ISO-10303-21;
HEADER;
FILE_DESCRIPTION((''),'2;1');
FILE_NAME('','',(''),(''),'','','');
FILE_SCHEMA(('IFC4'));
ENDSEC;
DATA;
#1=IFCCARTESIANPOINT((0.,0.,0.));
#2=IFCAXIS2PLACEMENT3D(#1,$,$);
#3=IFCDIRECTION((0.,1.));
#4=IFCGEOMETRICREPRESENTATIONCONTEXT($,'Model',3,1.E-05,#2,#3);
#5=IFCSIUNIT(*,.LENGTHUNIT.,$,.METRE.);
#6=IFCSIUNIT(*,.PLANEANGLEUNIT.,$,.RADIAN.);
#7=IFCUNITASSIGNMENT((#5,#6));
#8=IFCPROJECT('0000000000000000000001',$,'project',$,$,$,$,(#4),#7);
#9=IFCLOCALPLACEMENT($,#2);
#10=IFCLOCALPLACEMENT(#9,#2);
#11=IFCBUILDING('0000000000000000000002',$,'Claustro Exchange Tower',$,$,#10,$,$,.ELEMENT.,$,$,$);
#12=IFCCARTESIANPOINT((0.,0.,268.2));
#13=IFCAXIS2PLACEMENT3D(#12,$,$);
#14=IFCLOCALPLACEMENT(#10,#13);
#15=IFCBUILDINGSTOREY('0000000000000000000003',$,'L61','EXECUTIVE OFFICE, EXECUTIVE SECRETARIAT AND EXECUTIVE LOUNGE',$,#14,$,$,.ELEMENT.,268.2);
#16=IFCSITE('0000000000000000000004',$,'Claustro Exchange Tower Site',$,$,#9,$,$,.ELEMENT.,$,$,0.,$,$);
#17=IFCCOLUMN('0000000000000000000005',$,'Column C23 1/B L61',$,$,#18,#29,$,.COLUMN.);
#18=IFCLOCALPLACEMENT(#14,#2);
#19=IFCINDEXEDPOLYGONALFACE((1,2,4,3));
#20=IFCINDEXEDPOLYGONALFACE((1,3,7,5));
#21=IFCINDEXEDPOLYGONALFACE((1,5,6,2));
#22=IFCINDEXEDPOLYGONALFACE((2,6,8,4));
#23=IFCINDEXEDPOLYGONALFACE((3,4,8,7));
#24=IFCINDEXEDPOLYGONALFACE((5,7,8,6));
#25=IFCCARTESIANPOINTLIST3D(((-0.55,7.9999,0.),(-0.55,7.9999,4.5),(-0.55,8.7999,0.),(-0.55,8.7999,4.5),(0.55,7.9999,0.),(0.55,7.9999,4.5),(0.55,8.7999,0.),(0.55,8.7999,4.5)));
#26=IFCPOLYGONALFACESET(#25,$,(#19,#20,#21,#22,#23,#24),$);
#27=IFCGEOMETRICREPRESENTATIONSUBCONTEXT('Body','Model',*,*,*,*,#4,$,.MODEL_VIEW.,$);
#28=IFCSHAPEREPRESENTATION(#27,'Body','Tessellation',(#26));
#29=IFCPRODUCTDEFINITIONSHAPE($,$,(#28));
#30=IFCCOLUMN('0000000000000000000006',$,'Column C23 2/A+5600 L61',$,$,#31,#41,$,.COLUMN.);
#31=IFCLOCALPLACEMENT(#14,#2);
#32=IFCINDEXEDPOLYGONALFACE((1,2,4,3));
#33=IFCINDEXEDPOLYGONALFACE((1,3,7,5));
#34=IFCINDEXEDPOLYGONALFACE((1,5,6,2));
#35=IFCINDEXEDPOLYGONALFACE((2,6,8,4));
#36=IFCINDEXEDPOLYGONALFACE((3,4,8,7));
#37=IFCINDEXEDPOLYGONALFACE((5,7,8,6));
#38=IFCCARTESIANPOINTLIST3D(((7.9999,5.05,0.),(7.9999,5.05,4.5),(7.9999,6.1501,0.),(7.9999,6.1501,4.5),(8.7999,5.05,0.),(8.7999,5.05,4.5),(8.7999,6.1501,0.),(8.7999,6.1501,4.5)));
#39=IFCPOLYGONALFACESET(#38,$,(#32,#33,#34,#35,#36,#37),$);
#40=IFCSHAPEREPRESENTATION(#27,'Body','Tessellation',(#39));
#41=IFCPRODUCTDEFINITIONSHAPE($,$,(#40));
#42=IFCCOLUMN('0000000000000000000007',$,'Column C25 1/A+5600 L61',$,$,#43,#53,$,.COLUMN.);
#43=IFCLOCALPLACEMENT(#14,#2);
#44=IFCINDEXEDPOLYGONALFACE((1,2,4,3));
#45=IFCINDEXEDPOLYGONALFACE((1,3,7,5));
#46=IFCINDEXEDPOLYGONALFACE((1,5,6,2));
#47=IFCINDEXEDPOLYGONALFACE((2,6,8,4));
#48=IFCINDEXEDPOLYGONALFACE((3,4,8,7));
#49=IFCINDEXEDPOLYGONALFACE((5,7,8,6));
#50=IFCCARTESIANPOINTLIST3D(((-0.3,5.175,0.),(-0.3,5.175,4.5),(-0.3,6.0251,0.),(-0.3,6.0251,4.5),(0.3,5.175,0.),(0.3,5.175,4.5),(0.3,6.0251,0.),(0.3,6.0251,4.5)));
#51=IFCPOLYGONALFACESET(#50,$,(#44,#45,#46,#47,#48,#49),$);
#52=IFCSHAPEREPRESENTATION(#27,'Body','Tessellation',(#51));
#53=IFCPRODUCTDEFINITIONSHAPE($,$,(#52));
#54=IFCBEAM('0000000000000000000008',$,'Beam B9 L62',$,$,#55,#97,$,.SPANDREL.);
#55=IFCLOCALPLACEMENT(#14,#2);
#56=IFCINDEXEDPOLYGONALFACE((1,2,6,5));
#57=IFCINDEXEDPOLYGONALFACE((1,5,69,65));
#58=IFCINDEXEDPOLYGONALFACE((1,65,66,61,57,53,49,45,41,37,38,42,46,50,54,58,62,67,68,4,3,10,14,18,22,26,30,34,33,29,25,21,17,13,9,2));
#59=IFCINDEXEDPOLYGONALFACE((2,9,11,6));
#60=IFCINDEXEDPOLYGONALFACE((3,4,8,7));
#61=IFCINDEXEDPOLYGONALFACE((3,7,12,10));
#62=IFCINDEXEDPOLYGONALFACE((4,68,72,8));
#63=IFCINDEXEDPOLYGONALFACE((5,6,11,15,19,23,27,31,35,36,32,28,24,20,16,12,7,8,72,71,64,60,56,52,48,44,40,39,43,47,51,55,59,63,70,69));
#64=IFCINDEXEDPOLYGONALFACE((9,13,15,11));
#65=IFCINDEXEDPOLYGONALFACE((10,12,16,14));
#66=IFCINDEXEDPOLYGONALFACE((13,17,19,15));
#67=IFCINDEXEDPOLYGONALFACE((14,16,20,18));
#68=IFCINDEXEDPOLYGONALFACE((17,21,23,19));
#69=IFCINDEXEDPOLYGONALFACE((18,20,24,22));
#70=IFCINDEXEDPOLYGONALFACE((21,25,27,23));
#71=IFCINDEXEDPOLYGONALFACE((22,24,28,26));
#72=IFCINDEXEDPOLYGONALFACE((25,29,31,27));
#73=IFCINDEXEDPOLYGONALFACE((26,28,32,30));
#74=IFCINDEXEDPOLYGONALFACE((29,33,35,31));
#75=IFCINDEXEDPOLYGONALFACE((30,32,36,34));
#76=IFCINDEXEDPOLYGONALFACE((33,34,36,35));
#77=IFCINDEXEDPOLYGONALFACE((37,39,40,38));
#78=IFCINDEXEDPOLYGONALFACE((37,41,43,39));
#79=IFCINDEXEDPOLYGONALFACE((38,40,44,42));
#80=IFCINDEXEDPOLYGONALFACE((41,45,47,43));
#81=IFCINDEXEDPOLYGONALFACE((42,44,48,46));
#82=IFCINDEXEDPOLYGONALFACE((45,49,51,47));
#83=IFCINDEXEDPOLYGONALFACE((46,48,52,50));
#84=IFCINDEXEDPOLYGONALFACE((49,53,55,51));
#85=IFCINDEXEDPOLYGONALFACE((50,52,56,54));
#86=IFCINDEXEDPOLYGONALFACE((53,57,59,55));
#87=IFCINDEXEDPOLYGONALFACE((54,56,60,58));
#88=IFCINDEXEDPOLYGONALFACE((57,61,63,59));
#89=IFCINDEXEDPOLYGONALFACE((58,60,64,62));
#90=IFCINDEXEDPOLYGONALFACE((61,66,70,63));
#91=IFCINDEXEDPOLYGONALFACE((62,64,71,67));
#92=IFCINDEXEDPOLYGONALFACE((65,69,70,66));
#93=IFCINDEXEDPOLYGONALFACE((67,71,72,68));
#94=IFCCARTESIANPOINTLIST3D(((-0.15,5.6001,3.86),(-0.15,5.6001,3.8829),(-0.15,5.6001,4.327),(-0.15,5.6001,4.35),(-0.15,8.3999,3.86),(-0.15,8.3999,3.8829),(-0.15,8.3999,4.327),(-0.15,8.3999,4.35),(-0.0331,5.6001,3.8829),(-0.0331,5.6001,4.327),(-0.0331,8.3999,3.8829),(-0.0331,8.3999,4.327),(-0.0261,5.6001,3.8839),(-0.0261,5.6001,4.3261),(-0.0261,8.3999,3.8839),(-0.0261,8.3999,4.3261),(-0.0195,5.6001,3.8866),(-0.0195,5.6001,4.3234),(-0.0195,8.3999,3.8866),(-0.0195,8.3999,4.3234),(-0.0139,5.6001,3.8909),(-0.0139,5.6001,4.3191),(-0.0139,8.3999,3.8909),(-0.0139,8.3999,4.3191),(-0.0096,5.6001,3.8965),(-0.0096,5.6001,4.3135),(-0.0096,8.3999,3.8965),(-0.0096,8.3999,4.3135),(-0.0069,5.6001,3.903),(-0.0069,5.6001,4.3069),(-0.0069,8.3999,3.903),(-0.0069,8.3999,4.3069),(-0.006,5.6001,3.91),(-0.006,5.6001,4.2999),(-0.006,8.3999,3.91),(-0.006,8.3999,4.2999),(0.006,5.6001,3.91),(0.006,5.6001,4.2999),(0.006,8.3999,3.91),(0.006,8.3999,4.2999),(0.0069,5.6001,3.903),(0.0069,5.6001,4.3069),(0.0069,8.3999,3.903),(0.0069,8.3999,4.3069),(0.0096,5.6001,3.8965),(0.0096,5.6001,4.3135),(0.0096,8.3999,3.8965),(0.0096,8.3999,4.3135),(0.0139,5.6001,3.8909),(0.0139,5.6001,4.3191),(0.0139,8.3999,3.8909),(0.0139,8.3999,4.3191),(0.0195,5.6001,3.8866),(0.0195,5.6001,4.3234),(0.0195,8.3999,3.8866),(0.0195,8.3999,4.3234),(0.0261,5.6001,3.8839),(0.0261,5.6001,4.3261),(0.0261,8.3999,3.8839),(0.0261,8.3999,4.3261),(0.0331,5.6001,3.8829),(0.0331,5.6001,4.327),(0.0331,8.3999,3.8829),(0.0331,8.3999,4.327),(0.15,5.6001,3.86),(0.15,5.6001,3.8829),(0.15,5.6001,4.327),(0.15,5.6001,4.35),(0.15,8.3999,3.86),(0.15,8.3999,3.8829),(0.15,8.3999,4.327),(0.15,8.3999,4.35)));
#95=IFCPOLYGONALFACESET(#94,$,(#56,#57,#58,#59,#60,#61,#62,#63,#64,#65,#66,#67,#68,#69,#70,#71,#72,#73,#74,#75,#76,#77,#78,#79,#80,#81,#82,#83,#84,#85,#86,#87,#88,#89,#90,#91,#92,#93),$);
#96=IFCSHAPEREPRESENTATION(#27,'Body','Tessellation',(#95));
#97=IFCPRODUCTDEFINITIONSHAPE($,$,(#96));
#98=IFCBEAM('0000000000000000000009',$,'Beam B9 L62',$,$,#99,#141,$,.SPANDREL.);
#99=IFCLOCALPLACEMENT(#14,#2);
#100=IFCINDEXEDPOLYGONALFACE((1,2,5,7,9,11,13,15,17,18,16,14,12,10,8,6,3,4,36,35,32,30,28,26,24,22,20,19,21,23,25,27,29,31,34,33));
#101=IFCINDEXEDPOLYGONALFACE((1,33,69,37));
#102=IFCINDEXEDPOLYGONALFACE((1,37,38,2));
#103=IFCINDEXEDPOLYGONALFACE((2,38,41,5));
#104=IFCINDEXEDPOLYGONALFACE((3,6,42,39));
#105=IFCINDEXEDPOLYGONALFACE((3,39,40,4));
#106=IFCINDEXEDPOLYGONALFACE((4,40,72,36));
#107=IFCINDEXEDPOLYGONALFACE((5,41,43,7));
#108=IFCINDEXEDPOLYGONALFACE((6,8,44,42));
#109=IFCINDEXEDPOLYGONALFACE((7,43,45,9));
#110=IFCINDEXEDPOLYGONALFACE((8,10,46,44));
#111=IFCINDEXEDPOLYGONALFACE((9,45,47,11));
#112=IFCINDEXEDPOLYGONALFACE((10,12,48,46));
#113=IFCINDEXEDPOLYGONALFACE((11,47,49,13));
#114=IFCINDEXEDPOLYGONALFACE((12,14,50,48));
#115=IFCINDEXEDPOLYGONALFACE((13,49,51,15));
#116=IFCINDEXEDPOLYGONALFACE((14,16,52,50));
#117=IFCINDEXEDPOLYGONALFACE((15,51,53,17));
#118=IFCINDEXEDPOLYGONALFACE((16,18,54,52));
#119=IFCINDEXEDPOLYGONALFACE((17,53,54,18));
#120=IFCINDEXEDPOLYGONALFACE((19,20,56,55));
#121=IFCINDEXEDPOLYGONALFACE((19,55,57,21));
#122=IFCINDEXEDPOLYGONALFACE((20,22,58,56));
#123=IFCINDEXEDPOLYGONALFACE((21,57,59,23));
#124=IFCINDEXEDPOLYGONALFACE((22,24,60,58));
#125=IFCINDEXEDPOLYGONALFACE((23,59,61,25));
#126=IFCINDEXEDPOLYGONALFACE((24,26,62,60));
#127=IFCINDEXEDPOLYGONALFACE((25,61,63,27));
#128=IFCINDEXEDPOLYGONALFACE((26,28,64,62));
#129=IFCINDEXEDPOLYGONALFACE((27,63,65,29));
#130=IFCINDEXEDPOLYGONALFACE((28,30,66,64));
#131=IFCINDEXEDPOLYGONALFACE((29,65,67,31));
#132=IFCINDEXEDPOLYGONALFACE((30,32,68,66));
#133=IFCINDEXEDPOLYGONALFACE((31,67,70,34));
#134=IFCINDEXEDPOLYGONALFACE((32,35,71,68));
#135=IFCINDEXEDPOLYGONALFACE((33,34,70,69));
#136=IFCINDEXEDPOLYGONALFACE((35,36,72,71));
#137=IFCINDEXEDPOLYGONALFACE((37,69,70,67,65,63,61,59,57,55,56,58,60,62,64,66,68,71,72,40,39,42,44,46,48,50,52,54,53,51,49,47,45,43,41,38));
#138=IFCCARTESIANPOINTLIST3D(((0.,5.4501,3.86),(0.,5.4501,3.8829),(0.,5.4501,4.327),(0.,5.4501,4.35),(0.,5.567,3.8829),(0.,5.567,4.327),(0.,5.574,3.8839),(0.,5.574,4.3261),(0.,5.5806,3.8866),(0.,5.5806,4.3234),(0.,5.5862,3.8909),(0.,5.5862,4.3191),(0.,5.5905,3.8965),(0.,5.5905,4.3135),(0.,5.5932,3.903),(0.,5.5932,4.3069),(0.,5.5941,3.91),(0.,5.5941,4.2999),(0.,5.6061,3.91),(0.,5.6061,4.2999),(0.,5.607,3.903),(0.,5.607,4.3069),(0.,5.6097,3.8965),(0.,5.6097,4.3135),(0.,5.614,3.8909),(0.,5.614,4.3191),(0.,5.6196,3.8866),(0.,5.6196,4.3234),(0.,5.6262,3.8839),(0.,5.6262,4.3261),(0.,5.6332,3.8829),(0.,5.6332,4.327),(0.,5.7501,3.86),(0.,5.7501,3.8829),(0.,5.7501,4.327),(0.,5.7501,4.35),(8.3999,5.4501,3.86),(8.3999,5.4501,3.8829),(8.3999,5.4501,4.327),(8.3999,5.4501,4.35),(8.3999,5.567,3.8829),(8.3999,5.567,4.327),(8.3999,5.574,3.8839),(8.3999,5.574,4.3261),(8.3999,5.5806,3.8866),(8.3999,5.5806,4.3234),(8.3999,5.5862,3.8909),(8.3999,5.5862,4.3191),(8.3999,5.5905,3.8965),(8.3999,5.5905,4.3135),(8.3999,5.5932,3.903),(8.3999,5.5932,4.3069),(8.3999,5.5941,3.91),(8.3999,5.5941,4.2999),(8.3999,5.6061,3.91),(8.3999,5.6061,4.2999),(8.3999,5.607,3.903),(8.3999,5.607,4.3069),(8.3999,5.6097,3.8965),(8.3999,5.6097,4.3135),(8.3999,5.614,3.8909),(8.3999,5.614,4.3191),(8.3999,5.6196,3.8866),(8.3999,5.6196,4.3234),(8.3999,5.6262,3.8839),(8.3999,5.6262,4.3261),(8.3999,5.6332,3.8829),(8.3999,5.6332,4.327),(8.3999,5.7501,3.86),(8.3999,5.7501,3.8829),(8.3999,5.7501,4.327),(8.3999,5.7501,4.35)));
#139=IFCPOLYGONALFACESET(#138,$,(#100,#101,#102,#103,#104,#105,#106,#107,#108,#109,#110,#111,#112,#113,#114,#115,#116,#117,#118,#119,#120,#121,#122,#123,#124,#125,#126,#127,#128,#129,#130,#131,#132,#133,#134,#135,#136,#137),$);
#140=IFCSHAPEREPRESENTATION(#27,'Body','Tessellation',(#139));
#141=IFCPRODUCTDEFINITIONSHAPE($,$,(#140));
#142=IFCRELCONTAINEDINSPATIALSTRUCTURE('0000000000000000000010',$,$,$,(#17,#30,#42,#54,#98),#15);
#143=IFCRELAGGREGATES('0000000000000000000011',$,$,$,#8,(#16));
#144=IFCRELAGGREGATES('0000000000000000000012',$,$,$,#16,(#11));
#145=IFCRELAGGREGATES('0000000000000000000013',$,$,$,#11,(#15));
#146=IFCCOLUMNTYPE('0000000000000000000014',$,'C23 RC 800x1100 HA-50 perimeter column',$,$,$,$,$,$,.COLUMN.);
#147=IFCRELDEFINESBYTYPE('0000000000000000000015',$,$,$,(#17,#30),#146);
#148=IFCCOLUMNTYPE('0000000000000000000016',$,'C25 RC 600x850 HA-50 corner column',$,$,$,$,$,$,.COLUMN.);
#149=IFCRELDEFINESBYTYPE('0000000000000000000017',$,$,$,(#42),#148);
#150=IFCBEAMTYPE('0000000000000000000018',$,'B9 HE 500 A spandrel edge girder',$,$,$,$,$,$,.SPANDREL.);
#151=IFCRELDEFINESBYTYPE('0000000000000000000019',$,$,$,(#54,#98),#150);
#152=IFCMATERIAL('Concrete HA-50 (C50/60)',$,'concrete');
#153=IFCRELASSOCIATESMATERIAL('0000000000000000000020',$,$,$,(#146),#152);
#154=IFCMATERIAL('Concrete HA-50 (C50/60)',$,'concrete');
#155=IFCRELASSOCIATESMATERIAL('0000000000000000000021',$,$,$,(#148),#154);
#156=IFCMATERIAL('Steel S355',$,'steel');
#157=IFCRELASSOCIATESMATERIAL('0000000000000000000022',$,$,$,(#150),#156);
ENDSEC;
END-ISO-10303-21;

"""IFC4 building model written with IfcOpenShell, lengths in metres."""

from ifc_helpers import new_model, si_unit, direction, frame, origin, origin_2d, place, context, subcontext, project, spatial, rectangle, i_section, extrude, material, material_profile, profile_set, type_object, element, save


model = new_model("IFC4")

# Units and contexts
model_context = context("Model", 3, precision=1e-05, world=origin(), true_north=direction((0.0, 1.0)))
body_context = subcontext(model_context, "Body", "Model", "MODEL_VIEW")
ifc_project = project(units=[si_unit("LENGTHUNIT", "METRE"), si_unit("PLANEANGLEUNIT", "RADIAN")], contexts=[model_context])

# Site, building, storey
site_placement = place(None, origin())
site = spatial("IfcSite", under=ifc_project, at=site_placement, Name="Claustro Exchange Tower Site", CompositionType="ELEMENT", RefElevation=0.0)
building_placement = place(site_placement, origin())
building = spatial("IfcBuilding", under=site, at=building_placement, Name="Claustro Exchange Tower", CompositionType="ELEMENT")
storey_placement = place(building_placement, frame((0.0, 0.0, 268.2)))
storey = spatial("IfcBuildingStorey", under=building, at=storey_placement, Name="L61", Description="EXECUTIVE OFFICE, EXECUTIVE SECRETARIAT AND EXECUTIVE LOUNGE", CompositionType="ELEMENT", Elevation=268.2)

# Columns
ifc_material_1 = material(Name="Concrete HA-50 (C50/60)", Category="concrete")
ifc_material_profile_1 = material_profile(ifc_material_1, rectangle(XDim=0.8, YDim=1.1001, at=origin_2d()), Name="RC 800x1100")
ifc_profile_set_1 = profile_set([ifc_material_profile_1], Name="Concrete HA-50 (C50/60)")
column_type_1 = type_object("IfcColumnType", Name="C23 RC 800x1100 HA-50 perimeter column", PredefinedType="COLUMN", material=ifc_profile_set_1)
for number, where, z_axis, x_axis, name in (
    (1, (0.0, 8.3999, 0.0), (0.0, 0.0, 1.0), (0.0, 1.0, 0.0), "Column C23 1/B L61"),
    (2, (8.3999, 5.6001, 0.0), (0.0, 0.0, 1.0), (1.0, 0.0, 0.0), "Column C23 2/A+5600 L61"),
):
    element("IfcColumn", number, at=place(storey_placement, frame(where, z_axis=z_axis, x_axis=x_axis)), inside=storey, type_object=column_type_1, Name=name, PredefinedType="COLUMN", context=body_context, shape_type="SweptSolid", body=[
        extrude(rectangle(XDim=0.8, YDim=1.1001, at=origin_2d()), origin(), (0.0, 0.0, 1.0), 4.5),
    ])
ifc_material_2 = material(Name="Concrete HA-50 (C50/60)", Category="concrete")
ifc_material_profile_2 = material_profile(ifc_material_2, rectangle(XDim=0.6001, YDim=0.8501, at=origin_2d()), Name="RC 600x850")
ifc_profile_set_2 = profile_set([ifc_material_profile_2], Name="Concrete HA-50 (C50/60)")
column_type_2 = type_object("IfcColumnType", Name="C25 RC 600x850 HA-50 corner column", PredefinedType="COLUMN", material=ifc_profile_set_2)
column_placement = place(storey_placement, frame((0.0, 5.6001, 0.0), z_axis=(0.0, 0.0, 1.0), x_axis=(1.0, 0.0, 0.0)))
element("IfcColumn", 3, at=column_placement, inside=storey, type_object=column_type_2, Name="Column C25 1/A+5600 L61", PredefinedType="COLUMN", context=body_context, shape_type="SweptSolid", body=[
    extrude(rectangle(XDim=0.6001, YDim=0.8501, at=origin_2d()), origin(), (0.0, 0.0, 1.0), 4.5),
])

# Beams
ifc_material_3 = material(Name="Steel S355", Category="steel")
ifc_material_profile_3 = material_profile(ifc_material_3, i_section(OverallWidth=0.3, OverallDepth=0.49, WebThickness=0.012, FlangeThickness=0.0229, FilletRadius=0.0271, at=origin_2d()), Name="HE 500 A")
ifc_profile_set_3 = profile_set([ifc_material_profile_3], Name="Steel S355")
beam_type = type_object("IfcBeamType", Name="B9 HE 500 A spandrel edge girder", PredefinedType="SPANDREL", material=ifc_profile_set_3)
beam_1_placement = place(storey_placement, frame((0.0, 5.6001, 4.105), z_axis=(0.0, 1.0, 0.0), x_axis=(-1.0, 0.0, 0.0)))
element("IfcBeam", 4, at=beam_1_placement, inside=storey, type_object=beam_type, Name="Beam B9 L62", PredefinedType="SPANDREL", context=body_context, shape_type="SweptSolid", body=[
    extrude(i_section(OverallWidth=0.3, OverallDepth=0.49, WebThickness=0.012, FlangeThickness=0.0229, FilletRadius=0.0271, at=origin_2d()), origin(), (0.0, 0.0, 1.0), 2.7998),
])
beam_2_placement = place(storey_placement, frame((0.0, 5.6001, 4.105), z_axis=(1.0, 0.0, 0.0), x_axis=(0.0, 1.0, 0.0)))
element("IfcBeam", 5, at=beam_2_placement, inside=storey, type_object=beam_type, Name="Beam B9 L62", PredefinedType="SPANDREL", context=body_context, shape_type="SweptSolid", body=[
    extrude(i_section(OverallWidth=0.3, OverallDepth=0.49, WebThickness=0.012, FlangeThickness=0.0229, FilletRadius=0.0271, at=origin_2d()), origin(), (0.0, 0.0, 1.0), 8.3999),
])

save(model, "model.ifc")
